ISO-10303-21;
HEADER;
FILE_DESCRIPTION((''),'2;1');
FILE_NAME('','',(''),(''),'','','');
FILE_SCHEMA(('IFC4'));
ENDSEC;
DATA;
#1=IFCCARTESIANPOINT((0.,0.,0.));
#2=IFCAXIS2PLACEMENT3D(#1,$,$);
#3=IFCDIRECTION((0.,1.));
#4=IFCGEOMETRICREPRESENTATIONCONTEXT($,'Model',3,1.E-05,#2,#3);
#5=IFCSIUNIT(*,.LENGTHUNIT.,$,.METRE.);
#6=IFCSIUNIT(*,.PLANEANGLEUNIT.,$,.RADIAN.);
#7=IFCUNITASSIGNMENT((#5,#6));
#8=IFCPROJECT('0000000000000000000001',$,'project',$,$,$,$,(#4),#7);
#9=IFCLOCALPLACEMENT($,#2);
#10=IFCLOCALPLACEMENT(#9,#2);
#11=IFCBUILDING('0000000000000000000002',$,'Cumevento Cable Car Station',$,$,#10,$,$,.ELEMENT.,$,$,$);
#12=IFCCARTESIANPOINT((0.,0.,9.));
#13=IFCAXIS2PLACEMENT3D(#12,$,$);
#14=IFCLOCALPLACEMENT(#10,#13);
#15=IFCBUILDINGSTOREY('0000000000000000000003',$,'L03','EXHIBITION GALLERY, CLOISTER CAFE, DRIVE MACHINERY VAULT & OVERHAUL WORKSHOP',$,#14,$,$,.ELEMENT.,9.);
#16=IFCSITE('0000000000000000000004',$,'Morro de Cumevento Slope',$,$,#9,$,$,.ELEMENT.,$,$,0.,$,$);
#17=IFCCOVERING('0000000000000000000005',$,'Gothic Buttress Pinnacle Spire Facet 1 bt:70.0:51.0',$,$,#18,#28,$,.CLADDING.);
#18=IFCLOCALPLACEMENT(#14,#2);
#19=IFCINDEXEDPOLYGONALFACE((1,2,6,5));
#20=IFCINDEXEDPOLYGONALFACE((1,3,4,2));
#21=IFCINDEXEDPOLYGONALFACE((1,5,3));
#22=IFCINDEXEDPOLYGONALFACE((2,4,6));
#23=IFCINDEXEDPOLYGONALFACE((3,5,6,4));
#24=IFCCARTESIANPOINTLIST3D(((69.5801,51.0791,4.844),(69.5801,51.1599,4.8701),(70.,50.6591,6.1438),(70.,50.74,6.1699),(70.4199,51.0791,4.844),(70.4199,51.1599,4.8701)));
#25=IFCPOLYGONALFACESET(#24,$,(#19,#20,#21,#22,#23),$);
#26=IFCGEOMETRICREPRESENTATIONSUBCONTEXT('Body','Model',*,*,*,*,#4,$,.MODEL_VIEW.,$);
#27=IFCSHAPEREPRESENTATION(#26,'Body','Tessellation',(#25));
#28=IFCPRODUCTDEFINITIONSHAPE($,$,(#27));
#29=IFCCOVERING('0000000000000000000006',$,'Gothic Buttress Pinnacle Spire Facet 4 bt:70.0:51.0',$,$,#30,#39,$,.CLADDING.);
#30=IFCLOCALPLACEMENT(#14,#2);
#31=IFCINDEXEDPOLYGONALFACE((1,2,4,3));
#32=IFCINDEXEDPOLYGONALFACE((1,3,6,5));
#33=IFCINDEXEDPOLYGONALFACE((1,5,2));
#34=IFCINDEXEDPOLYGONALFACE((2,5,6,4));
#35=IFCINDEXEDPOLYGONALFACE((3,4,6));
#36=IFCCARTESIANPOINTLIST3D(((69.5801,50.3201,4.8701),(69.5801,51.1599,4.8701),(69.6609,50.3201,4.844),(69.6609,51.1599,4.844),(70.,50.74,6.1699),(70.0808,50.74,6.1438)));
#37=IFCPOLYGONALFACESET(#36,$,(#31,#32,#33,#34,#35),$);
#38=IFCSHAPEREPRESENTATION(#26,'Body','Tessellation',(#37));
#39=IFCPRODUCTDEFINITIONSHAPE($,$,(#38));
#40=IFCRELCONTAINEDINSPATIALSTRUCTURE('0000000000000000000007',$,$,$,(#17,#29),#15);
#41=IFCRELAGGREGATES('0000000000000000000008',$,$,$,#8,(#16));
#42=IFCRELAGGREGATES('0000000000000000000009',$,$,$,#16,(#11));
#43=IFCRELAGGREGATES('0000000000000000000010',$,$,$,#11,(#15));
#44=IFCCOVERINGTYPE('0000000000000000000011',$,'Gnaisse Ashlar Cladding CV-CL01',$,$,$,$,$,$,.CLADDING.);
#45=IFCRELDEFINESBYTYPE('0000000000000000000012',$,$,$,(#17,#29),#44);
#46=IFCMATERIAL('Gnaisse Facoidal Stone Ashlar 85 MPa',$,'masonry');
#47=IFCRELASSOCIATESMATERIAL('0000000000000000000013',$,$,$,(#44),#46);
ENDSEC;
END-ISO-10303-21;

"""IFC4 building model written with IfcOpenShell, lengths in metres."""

from ifc_helpers import new_model, si_unit, direction, frame, origin, place, context, subcontext, project, spatial, polyline, outline, extrude, material, type_object, element, save


model = new_model("IFC4")

# Units and contexts
model_context = context("Model", 3, precision=1e-05, world=origin(), true_north=direction((0.0, 1.0)))
body_context = subcontext(model_context, "Body", "Model", "MODEL_VIEW")
ifc_project = project(units=[si_unit("LENGTHUNIT", "METRE"), si_unit("PLANEANGLEUNIT", "RADIAN")], contexts=[model_context])

# Site, building, storey
site_placement = place(None, origin())
site = spatial("IfcSite", under=ifc_project, at=site_placement, Name="Morro de Cumevento Slope", CompositionType="ELEMENT", RefElevation=0.0)
building_placement = place(site_placement, origin())
building = spatial("IfcBuilding", under=site, at=building_placement, Name="Cumevento Cable Car Station", CompositionType="ELEMENT")
storey_placement = place(building_placement, frame((0.0, 0.0, 9.0)))
storey = spatial("IfcBuildingStorey", under=building, at=storey_placement, Name="L03", Description="EXHIBITION GALLERY, CLOISTER CAFE, DRIVE MACHINERY VAULT & OVERHAUL WORKSHOP", CompositionType="ELEMENT", Elevation=9.0)

# Coverings
ifc_material_1 = material(Name="Gnaisse Facoidal Stone Ashlar 85 MPa", Category="masonry")
covering_type = type_object("IfcCoveringType", Name="Gnaisse Ashlar Cladding CV-CL01", PredefinedType="CLADDING", material=ifc_material_1)
for number, where, z_axis, x_axis, name in (
    (1, (69.5801, 51.1599, 4.8701), (0.0, 0.951574, 0.307421), (1.0, 0.0, 0.0), "Gothic Buttress Pinnacle Spire Facet 1 bt:70.0:51.0"),
    (2, (69.5801, 50.3201, 4.8701), (-0.951574, 0.0, 0.307421), (0.0, 1.0, 0.0), "Gothic Buttress Pinnacle Spire Facet 4 bt:70.0:51.0"),
):
    element("IfcCovering", number, at=place(storey_placement, frame(where, z_axis=z_axis, x_axis=x_axis)), inside=storey, type_object=covering_type, Name=name, PredefinedType="CLADDING", context=body_context, shape_type="SweptSolid", body=[
        extrude(outline(polyline([(0.0, 0.0), (0.8398, 0.0), (0.4199, -1.366), (0.0, 0.0)])), origin(), (0.0, 0.0, -1.0), 0.085),
    ])

save(model, "model.ifc")
